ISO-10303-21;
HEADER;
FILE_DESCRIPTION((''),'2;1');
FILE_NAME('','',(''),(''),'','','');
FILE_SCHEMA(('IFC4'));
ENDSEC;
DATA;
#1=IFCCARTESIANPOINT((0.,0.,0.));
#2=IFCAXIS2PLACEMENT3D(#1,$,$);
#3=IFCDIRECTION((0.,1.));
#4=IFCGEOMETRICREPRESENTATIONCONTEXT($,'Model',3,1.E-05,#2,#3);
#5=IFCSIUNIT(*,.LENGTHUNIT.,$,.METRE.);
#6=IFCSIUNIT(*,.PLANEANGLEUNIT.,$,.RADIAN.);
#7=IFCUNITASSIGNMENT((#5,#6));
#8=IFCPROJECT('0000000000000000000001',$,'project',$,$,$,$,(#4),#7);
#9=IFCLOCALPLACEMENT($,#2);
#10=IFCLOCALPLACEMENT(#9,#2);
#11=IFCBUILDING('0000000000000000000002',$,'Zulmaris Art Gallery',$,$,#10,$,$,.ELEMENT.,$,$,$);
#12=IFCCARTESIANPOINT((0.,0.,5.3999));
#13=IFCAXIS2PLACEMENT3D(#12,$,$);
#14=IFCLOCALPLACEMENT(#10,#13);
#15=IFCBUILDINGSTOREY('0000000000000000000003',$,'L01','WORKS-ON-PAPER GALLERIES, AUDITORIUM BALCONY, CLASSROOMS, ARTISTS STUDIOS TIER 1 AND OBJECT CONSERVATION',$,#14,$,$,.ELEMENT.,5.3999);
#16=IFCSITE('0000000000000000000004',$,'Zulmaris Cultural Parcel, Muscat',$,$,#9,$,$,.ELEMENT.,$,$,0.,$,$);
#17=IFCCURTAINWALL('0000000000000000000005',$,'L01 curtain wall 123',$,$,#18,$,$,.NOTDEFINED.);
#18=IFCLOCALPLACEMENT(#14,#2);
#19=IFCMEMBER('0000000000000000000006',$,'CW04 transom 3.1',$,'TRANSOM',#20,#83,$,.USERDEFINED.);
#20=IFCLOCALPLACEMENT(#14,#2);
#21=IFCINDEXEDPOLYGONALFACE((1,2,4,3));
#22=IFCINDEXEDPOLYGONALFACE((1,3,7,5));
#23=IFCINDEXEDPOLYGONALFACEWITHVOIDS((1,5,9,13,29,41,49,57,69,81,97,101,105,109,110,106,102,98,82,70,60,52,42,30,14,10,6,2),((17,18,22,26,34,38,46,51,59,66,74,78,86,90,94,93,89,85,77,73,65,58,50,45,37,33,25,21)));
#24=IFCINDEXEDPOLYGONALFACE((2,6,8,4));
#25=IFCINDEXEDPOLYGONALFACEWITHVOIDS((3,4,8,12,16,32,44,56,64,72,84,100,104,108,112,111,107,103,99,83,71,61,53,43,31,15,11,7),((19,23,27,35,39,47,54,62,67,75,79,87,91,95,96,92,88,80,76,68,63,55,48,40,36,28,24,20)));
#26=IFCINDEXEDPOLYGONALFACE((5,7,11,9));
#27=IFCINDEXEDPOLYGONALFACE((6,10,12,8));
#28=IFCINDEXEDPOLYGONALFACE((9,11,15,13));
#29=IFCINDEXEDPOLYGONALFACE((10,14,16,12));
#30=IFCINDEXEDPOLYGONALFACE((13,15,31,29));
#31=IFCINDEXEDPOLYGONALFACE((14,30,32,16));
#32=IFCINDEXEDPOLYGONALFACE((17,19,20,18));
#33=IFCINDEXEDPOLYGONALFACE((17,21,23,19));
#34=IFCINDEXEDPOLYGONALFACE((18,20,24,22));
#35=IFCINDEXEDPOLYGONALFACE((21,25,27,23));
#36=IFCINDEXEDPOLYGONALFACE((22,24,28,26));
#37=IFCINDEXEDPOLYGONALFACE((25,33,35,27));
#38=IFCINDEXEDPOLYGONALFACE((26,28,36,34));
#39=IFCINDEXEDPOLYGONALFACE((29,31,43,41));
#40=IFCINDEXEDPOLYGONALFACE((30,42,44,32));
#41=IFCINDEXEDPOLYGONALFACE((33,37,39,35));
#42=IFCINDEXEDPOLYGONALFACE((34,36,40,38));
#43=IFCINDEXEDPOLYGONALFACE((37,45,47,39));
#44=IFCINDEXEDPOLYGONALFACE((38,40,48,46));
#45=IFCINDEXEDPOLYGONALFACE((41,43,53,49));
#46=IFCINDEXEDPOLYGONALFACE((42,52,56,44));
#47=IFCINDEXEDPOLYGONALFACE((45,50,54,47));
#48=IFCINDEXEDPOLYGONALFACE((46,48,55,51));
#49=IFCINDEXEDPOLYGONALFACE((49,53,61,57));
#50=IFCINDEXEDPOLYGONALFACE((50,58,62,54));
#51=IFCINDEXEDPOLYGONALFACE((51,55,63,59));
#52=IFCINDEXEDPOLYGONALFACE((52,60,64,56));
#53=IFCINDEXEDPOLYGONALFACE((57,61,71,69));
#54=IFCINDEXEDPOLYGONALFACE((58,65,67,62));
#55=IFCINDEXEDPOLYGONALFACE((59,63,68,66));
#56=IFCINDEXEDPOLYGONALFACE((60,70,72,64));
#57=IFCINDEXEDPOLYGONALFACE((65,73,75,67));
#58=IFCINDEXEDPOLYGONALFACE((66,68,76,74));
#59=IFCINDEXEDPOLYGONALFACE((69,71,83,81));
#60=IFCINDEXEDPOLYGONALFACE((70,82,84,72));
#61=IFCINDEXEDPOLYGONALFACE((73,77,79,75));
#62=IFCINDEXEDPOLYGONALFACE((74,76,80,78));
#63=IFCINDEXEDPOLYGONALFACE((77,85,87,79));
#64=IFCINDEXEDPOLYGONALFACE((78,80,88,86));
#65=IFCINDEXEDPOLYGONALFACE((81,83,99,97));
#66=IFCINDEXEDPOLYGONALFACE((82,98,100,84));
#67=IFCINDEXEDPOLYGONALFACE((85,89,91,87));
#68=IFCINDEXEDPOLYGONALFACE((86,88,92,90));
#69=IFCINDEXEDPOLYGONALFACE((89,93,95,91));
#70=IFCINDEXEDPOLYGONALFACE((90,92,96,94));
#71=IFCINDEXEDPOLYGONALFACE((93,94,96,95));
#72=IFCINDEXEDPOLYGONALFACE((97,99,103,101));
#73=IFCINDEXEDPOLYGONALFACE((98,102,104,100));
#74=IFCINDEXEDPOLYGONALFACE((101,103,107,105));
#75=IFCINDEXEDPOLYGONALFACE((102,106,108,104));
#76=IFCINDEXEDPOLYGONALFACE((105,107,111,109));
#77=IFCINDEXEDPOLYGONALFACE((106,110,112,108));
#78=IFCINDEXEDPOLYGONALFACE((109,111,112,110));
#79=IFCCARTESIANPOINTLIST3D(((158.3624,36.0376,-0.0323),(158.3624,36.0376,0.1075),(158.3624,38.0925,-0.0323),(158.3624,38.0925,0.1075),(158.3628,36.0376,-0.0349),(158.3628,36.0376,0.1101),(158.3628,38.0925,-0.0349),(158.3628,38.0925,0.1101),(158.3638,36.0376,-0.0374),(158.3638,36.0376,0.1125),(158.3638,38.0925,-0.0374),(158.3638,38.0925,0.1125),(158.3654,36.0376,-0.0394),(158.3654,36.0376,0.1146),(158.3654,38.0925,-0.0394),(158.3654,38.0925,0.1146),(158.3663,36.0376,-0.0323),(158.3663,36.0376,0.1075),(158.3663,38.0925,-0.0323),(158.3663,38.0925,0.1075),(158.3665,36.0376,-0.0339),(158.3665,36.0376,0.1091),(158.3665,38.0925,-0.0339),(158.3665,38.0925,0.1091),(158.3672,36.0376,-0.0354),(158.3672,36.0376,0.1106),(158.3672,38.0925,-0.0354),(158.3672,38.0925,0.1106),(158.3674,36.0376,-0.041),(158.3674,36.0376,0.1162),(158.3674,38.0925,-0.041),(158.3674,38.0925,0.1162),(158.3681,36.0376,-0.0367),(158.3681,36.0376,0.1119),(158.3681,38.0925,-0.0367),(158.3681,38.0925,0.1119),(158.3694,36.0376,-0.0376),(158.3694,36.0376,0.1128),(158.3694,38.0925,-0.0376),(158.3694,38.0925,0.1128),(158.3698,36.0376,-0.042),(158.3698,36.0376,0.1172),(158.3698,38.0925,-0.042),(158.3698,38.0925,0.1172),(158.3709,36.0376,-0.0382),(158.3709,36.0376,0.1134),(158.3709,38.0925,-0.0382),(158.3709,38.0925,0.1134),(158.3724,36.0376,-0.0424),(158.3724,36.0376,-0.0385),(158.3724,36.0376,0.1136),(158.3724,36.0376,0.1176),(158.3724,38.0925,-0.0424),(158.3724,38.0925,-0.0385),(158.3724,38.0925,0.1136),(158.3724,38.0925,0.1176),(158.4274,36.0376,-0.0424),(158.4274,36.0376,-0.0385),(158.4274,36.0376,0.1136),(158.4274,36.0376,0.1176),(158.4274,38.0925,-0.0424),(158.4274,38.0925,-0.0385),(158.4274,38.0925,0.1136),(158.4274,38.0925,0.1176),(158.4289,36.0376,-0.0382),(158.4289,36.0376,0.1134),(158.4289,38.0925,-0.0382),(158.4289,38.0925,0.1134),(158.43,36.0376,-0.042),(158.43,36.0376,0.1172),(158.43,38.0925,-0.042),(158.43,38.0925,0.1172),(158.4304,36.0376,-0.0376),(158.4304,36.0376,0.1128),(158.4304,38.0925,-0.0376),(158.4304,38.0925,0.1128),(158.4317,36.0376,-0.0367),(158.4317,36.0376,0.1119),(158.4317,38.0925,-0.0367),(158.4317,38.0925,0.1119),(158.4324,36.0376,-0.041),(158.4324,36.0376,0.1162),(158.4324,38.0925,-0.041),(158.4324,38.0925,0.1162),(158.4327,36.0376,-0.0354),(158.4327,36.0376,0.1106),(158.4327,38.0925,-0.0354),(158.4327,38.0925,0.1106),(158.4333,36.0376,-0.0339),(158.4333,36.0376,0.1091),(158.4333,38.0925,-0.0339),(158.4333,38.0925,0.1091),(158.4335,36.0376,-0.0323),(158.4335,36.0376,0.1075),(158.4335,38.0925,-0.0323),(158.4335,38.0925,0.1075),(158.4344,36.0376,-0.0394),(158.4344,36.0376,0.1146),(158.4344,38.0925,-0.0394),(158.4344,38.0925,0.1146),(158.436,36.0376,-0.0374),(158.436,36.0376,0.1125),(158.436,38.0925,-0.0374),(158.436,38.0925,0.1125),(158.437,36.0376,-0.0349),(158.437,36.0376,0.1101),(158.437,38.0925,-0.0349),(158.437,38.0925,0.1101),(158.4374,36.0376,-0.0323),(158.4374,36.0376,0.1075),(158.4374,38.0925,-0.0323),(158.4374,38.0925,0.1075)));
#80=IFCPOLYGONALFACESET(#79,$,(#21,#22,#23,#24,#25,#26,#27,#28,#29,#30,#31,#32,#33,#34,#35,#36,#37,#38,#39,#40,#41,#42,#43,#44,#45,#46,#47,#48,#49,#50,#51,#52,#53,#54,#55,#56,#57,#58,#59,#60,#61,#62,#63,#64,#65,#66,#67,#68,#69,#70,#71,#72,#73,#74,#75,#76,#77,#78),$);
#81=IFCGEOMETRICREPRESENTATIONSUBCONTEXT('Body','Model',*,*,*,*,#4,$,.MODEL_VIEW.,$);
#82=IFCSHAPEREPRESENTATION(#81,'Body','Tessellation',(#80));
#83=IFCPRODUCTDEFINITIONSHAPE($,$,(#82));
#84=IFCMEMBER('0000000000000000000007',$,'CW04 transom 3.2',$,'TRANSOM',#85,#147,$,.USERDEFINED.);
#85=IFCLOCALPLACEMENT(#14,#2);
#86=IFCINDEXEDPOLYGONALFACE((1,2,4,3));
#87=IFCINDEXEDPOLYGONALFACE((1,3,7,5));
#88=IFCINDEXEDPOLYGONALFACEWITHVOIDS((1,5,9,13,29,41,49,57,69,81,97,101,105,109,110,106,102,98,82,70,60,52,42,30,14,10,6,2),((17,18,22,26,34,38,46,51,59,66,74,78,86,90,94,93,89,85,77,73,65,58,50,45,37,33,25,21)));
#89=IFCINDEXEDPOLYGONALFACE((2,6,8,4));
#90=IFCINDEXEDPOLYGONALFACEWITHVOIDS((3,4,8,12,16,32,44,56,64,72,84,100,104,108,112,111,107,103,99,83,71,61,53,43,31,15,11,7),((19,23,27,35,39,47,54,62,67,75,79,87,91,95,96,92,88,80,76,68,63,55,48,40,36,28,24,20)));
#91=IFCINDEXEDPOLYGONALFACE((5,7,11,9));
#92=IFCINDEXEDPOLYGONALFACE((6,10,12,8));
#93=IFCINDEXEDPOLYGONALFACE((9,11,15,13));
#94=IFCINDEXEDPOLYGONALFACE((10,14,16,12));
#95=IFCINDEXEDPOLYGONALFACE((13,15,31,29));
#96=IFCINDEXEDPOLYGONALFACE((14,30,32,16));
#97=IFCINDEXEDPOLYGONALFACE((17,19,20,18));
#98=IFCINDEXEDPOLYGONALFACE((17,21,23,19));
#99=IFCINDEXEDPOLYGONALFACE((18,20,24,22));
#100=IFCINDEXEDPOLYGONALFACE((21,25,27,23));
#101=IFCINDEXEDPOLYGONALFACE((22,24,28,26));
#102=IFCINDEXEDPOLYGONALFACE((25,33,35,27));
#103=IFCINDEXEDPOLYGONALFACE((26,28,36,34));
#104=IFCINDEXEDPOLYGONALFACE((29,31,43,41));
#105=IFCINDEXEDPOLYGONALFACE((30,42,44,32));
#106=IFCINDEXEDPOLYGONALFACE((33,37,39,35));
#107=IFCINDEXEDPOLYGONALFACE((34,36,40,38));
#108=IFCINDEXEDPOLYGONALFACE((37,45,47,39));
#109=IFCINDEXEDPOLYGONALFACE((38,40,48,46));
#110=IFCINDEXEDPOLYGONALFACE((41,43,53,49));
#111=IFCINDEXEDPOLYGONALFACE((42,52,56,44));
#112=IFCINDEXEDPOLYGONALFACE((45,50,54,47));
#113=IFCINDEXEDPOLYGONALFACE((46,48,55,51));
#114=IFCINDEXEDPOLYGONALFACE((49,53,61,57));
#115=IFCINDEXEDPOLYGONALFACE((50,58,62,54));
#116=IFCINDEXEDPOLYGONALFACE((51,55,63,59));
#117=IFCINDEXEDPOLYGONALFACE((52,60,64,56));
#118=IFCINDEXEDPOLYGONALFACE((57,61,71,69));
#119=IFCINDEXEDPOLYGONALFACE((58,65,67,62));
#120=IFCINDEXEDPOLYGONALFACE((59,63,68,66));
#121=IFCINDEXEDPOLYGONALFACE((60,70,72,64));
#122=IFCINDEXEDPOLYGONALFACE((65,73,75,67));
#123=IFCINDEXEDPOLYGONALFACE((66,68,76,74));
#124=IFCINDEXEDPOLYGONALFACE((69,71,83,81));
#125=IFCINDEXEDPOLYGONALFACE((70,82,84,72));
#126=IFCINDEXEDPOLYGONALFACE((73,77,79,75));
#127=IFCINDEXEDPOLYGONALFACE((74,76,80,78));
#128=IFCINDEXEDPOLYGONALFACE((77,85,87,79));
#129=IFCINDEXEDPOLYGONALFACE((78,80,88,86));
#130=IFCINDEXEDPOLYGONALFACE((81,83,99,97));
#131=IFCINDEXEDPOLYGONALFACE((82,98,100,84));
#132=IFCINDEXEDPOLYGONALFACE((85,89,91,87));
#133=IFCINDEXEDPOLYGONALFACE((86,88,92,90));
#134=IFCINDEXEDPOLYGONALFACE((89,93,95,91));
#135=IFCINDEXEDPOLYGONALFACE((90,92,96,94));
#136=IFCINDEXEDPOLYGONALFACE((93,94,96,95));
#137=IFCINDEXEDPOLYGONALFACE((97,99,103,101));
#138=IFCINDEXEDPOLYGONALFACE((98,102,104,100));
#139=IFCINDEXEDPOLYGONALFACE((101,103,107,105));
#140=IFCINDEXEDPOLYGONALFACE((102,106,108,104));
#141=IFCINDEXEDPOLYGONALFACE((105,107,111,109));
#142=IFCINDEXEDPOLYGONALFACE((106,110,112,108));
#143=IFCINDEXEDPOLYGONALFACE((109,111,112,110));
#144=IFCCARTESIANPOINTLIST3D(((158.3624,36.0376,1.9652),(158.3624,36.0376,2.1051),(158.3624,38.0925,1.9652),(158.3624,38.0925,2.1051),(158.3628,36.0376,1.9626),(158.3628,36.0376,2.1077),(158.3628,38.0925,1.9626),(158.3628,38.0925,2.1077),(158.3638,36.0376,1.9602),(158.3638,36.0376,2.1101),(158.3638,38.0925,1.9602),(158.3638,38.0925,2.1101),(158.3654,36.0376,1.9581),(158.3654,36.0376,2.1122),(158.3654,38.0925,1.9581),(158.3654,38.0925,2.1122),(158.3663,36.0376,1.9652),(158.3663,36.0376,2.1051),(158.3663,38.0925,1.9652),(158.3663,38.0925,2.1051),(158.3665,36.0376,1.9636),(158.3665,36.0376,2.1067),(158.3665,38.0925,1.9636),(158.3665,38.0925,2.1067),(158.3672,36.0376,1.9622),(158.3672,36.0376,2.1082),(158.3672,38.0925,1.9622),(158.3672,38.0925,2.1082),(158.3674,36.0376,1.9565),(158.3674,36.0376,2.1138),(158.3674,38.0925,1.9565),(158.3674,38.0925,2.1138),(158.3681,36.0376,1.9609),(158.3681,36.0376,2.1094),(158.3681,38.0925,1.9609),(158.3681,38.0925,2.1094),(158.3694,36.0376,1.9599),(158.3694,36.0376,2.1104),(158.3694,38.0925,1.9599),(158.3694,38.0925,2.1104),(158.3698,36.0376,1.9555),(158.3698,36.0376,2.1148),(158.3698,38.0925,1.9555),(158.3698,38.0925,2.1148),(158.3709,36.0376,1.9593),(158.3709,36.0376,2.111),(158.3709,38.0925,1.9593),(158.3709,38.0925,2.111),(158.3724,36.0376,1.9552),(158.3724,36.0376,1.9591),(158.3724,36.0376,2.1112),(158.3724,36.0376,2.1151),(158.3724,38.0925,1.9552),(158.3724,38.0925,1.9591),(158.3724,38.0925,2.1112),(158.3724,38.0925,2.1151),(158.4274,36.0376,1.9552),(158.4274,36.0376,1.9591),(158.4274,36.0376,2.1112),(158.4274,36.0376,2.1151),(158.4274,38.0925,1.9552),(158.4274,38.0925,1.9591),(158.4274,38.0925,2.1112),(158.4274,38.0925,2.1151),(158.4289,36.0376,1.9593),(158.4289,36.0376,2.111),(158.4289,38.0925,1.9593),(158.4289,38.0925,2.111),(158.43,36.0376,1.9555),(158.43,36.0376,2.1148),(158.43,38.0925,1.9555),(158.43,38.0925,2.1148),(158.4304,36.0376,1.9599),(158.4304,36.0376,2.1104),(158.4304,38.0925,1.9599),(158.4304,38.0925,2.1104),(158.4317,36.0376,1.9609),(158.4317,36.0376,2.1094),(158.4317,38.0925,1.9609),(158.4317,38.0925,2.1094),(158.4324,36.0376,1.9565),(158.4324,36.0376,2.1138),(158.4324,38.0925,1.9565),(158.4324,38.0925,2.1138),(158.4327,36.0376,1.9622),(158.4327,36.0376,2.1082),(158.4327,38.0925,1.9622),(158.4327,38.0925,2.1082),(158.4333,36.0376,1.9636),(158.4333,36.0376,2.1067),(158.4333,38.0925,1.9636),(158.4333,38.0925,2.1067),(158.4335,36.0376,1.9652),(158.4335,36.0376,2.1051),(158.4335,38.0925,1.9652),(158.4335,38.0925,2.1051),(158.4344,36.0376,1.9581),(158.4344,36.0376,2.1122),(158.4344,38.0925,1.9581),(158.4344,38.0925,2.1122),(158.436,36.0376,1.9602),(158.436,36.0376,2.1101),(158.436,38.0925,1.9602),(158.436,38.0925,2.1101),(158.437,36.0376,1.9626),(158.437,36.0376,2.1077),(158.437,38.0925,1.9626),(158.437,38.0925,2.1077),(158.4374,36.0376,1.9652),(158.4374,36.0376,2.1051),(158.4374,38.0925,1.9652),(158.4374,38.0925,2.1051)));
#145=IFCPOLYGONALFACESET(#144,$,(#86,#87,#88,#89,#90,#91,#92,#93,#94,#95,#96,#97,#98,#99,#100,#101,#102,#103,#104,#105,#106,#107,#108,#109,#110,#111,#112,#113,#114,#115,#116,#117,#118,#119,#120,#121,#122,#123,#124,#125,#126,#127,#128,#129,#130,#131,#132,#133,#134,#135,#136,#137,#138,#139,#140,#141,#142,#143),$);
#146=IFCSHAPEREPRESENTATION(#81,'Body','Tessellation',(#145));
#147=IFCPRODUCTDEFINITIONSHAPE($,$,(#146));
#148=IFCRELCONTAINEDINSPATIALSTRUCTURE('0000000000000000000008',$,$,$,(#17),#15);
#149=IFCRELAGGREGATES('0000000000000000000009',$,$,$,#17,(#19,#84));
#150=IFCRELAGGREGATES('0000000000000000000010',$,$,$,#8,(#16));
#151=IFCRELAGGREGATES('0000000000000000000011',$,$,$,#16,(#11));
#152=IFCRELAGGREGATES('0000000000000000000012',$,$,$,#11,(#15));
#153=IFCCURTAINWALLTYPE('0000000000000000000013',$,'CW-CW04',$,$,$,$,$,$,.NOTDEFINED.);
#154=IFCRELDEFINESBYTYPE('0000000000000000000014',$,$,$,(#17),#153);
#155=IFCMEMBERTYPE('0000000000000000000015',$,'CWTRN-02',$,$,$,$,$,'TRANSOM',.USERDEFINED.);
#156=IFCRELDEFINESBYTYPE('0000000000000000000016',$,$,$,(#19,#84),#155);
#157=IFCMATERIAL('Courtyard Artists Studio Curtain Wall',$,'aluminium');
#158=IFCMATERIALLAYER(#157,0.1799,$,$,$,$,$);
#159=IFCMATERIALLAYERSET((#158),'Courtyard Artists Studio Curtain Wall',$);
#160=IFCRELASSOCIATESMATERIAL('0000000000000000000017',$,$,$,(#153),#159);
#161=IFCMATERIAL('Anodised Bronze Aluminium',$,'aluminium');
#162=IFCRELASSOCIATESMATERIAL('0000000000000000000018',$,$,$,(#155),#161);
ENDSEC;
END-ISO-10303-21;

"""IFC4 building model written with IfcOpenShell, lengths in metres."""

from ifc_helpers import new_model, si_unit, direction, frame, origin, origin_2d, place, context, subcontext, project, spatial, hollow_rectangle, extrude, material, layer, layer_set, material_profile, profile_set, type_object, element, aggregate, save


model = new_model("IFC4")

# Units and contexts
model_context = context("Model", 3, precision=1e-05, world=origin(), true_north=direction((0.0, 1.0)))
body_context = subcontext(model_context, "Body", "Model", "MODEL_VIEW")
ifc_project = project(units=[si_unit("LENGTHUNIT", "METRE"), si_unit("PLANEANGLEUNIT", "RADIAN")], contexts=[model_context])

# Site, building, storey
site_placement = place(None, origin())
site = spatial("IfcSite", under=ifc_project, at=site_placement, Name="Zulmaris Cultural Parcel, Muscat", CompositionType="ELEMENT", RefElevation=0.0)
building_placement = place(site_placement, origin())
building = spatial("IfcBuilding", under=site, at=building_placement, Name="Zulmaris Art Gallery", CompositionType="ELEMENT")
storey_placement = place(building_placement, frame((0.0, 0.0, 5.3999)))
storey = spatial("IfcBuildingStorey", under=building, at=storey_placement, Name="L01", Description="WORKS-ON-PAPER GALLERIES, AUDITORIUM BALCONY, CLASSROOMS, ARTISTS STUDIOS TIER 1 AND OBJECT CONSERVATION", CompositionType="ELEMENT", Elevation=5.3999)

# Curtain wall
ifc_material_1 = material(Name="Courtyard Artists Studio Curtain Wall", Category="aluminium")
ifc_layer_1 = layer(ifc_material_1, 0.1799)
ifc_layer_set_1 = layer_set([ifc_layer_1], Name="Courtyard Artists Studio Curtain Wall")
curtain_wall_type = type_object("IfcCurtainWallType", Name="CW-CW04", PredefinedType="NOTDEFINED", material=ifc_layer_set_1)
curtain_wall_1_placement = place(storey_placement, origin())
curtain_wall_1 = element("IfcCurtainWall", 1, at=curtain_wall_1_placement, inside=storey, type_object=curtain_wall_type, Name="L01 curtain wall 123", PredefinedType="NOTDEFINED")
ifc_material_2 = material(Name="Anodised Bronze Aluminium", Category="aluminium")

# Members
ifc_material_profile_1 = material_profile(ifc_material_2, hollow_rectangle(XDim=0.075, YDim=0.1599, WallThickness=0.0039, InnerFilletRadius=0.0061, OuterFilletRadius=0.01, at=origin_2d()), Name="ALU 75x160x4")
ifc_profile_set_1 = profile_set([ifc_material_profile_1], Name="Anodised Bronze Aluminium")
member_type_1 = type_object("IfcMemberType", Name="CWTRN-02", ElementType="TRANSOM", PredefinedType="USERDEFINED", material=ifc_profile_set_1)
member_1_placement = place(storey_placement, frame((158.3999, 36.0376, 0.0376), z_axis=(0.0, 1.0, 0.0), x_axis=(-1.0, 0.0, 0.0)))
member_1 = element("IfcMember", 2, at=member_1_placement, type_object=member_type_1, Name="CW04 transom 3.1", ObjectType="TRANSOM", PredefinedType="USERDEFINED", context=body_context, shape_type="SweptSolid", body=[
    extrude(hollow_rectangle(XDim=0.075, YDim=0.1599, WallThickness=0.0039, InnerFilletRadius=0.0061, OuterFilletRadius=0.01, at=origin_2d()), origin(), (0.0, 0.0, 1.0), 2.0549),
])
member_2_placement = place(storey_placement, frame((158.3999, 36.0376, 2.0352), z_axis=(0.0, 1.0, 0.0), x_axis=(-1.0, 0.0, 0.0)))
member_2 = element("IfcMember", 3, at=member_2_placement, type_object=member_type_1, Name="CW04 transom 3.2", ObjectType="TRANSOM", PredefinedType="USERDEFINED", context=body_context, shape_type="SweptSolid", body=[
    extrude(hollow_rectangle(XDim=0.075, YDim=0.1599, WallThickness=0.0039, InnerFilletRadius=0.0061, OuterFilletRadius=0.01, at=origin_2d()), origin(), (0.0, 0.0, 1.0), 2.0549),
])

aggregate(curtain_wall_1, [member_1, member_2])

save(model, "model.ifc")
